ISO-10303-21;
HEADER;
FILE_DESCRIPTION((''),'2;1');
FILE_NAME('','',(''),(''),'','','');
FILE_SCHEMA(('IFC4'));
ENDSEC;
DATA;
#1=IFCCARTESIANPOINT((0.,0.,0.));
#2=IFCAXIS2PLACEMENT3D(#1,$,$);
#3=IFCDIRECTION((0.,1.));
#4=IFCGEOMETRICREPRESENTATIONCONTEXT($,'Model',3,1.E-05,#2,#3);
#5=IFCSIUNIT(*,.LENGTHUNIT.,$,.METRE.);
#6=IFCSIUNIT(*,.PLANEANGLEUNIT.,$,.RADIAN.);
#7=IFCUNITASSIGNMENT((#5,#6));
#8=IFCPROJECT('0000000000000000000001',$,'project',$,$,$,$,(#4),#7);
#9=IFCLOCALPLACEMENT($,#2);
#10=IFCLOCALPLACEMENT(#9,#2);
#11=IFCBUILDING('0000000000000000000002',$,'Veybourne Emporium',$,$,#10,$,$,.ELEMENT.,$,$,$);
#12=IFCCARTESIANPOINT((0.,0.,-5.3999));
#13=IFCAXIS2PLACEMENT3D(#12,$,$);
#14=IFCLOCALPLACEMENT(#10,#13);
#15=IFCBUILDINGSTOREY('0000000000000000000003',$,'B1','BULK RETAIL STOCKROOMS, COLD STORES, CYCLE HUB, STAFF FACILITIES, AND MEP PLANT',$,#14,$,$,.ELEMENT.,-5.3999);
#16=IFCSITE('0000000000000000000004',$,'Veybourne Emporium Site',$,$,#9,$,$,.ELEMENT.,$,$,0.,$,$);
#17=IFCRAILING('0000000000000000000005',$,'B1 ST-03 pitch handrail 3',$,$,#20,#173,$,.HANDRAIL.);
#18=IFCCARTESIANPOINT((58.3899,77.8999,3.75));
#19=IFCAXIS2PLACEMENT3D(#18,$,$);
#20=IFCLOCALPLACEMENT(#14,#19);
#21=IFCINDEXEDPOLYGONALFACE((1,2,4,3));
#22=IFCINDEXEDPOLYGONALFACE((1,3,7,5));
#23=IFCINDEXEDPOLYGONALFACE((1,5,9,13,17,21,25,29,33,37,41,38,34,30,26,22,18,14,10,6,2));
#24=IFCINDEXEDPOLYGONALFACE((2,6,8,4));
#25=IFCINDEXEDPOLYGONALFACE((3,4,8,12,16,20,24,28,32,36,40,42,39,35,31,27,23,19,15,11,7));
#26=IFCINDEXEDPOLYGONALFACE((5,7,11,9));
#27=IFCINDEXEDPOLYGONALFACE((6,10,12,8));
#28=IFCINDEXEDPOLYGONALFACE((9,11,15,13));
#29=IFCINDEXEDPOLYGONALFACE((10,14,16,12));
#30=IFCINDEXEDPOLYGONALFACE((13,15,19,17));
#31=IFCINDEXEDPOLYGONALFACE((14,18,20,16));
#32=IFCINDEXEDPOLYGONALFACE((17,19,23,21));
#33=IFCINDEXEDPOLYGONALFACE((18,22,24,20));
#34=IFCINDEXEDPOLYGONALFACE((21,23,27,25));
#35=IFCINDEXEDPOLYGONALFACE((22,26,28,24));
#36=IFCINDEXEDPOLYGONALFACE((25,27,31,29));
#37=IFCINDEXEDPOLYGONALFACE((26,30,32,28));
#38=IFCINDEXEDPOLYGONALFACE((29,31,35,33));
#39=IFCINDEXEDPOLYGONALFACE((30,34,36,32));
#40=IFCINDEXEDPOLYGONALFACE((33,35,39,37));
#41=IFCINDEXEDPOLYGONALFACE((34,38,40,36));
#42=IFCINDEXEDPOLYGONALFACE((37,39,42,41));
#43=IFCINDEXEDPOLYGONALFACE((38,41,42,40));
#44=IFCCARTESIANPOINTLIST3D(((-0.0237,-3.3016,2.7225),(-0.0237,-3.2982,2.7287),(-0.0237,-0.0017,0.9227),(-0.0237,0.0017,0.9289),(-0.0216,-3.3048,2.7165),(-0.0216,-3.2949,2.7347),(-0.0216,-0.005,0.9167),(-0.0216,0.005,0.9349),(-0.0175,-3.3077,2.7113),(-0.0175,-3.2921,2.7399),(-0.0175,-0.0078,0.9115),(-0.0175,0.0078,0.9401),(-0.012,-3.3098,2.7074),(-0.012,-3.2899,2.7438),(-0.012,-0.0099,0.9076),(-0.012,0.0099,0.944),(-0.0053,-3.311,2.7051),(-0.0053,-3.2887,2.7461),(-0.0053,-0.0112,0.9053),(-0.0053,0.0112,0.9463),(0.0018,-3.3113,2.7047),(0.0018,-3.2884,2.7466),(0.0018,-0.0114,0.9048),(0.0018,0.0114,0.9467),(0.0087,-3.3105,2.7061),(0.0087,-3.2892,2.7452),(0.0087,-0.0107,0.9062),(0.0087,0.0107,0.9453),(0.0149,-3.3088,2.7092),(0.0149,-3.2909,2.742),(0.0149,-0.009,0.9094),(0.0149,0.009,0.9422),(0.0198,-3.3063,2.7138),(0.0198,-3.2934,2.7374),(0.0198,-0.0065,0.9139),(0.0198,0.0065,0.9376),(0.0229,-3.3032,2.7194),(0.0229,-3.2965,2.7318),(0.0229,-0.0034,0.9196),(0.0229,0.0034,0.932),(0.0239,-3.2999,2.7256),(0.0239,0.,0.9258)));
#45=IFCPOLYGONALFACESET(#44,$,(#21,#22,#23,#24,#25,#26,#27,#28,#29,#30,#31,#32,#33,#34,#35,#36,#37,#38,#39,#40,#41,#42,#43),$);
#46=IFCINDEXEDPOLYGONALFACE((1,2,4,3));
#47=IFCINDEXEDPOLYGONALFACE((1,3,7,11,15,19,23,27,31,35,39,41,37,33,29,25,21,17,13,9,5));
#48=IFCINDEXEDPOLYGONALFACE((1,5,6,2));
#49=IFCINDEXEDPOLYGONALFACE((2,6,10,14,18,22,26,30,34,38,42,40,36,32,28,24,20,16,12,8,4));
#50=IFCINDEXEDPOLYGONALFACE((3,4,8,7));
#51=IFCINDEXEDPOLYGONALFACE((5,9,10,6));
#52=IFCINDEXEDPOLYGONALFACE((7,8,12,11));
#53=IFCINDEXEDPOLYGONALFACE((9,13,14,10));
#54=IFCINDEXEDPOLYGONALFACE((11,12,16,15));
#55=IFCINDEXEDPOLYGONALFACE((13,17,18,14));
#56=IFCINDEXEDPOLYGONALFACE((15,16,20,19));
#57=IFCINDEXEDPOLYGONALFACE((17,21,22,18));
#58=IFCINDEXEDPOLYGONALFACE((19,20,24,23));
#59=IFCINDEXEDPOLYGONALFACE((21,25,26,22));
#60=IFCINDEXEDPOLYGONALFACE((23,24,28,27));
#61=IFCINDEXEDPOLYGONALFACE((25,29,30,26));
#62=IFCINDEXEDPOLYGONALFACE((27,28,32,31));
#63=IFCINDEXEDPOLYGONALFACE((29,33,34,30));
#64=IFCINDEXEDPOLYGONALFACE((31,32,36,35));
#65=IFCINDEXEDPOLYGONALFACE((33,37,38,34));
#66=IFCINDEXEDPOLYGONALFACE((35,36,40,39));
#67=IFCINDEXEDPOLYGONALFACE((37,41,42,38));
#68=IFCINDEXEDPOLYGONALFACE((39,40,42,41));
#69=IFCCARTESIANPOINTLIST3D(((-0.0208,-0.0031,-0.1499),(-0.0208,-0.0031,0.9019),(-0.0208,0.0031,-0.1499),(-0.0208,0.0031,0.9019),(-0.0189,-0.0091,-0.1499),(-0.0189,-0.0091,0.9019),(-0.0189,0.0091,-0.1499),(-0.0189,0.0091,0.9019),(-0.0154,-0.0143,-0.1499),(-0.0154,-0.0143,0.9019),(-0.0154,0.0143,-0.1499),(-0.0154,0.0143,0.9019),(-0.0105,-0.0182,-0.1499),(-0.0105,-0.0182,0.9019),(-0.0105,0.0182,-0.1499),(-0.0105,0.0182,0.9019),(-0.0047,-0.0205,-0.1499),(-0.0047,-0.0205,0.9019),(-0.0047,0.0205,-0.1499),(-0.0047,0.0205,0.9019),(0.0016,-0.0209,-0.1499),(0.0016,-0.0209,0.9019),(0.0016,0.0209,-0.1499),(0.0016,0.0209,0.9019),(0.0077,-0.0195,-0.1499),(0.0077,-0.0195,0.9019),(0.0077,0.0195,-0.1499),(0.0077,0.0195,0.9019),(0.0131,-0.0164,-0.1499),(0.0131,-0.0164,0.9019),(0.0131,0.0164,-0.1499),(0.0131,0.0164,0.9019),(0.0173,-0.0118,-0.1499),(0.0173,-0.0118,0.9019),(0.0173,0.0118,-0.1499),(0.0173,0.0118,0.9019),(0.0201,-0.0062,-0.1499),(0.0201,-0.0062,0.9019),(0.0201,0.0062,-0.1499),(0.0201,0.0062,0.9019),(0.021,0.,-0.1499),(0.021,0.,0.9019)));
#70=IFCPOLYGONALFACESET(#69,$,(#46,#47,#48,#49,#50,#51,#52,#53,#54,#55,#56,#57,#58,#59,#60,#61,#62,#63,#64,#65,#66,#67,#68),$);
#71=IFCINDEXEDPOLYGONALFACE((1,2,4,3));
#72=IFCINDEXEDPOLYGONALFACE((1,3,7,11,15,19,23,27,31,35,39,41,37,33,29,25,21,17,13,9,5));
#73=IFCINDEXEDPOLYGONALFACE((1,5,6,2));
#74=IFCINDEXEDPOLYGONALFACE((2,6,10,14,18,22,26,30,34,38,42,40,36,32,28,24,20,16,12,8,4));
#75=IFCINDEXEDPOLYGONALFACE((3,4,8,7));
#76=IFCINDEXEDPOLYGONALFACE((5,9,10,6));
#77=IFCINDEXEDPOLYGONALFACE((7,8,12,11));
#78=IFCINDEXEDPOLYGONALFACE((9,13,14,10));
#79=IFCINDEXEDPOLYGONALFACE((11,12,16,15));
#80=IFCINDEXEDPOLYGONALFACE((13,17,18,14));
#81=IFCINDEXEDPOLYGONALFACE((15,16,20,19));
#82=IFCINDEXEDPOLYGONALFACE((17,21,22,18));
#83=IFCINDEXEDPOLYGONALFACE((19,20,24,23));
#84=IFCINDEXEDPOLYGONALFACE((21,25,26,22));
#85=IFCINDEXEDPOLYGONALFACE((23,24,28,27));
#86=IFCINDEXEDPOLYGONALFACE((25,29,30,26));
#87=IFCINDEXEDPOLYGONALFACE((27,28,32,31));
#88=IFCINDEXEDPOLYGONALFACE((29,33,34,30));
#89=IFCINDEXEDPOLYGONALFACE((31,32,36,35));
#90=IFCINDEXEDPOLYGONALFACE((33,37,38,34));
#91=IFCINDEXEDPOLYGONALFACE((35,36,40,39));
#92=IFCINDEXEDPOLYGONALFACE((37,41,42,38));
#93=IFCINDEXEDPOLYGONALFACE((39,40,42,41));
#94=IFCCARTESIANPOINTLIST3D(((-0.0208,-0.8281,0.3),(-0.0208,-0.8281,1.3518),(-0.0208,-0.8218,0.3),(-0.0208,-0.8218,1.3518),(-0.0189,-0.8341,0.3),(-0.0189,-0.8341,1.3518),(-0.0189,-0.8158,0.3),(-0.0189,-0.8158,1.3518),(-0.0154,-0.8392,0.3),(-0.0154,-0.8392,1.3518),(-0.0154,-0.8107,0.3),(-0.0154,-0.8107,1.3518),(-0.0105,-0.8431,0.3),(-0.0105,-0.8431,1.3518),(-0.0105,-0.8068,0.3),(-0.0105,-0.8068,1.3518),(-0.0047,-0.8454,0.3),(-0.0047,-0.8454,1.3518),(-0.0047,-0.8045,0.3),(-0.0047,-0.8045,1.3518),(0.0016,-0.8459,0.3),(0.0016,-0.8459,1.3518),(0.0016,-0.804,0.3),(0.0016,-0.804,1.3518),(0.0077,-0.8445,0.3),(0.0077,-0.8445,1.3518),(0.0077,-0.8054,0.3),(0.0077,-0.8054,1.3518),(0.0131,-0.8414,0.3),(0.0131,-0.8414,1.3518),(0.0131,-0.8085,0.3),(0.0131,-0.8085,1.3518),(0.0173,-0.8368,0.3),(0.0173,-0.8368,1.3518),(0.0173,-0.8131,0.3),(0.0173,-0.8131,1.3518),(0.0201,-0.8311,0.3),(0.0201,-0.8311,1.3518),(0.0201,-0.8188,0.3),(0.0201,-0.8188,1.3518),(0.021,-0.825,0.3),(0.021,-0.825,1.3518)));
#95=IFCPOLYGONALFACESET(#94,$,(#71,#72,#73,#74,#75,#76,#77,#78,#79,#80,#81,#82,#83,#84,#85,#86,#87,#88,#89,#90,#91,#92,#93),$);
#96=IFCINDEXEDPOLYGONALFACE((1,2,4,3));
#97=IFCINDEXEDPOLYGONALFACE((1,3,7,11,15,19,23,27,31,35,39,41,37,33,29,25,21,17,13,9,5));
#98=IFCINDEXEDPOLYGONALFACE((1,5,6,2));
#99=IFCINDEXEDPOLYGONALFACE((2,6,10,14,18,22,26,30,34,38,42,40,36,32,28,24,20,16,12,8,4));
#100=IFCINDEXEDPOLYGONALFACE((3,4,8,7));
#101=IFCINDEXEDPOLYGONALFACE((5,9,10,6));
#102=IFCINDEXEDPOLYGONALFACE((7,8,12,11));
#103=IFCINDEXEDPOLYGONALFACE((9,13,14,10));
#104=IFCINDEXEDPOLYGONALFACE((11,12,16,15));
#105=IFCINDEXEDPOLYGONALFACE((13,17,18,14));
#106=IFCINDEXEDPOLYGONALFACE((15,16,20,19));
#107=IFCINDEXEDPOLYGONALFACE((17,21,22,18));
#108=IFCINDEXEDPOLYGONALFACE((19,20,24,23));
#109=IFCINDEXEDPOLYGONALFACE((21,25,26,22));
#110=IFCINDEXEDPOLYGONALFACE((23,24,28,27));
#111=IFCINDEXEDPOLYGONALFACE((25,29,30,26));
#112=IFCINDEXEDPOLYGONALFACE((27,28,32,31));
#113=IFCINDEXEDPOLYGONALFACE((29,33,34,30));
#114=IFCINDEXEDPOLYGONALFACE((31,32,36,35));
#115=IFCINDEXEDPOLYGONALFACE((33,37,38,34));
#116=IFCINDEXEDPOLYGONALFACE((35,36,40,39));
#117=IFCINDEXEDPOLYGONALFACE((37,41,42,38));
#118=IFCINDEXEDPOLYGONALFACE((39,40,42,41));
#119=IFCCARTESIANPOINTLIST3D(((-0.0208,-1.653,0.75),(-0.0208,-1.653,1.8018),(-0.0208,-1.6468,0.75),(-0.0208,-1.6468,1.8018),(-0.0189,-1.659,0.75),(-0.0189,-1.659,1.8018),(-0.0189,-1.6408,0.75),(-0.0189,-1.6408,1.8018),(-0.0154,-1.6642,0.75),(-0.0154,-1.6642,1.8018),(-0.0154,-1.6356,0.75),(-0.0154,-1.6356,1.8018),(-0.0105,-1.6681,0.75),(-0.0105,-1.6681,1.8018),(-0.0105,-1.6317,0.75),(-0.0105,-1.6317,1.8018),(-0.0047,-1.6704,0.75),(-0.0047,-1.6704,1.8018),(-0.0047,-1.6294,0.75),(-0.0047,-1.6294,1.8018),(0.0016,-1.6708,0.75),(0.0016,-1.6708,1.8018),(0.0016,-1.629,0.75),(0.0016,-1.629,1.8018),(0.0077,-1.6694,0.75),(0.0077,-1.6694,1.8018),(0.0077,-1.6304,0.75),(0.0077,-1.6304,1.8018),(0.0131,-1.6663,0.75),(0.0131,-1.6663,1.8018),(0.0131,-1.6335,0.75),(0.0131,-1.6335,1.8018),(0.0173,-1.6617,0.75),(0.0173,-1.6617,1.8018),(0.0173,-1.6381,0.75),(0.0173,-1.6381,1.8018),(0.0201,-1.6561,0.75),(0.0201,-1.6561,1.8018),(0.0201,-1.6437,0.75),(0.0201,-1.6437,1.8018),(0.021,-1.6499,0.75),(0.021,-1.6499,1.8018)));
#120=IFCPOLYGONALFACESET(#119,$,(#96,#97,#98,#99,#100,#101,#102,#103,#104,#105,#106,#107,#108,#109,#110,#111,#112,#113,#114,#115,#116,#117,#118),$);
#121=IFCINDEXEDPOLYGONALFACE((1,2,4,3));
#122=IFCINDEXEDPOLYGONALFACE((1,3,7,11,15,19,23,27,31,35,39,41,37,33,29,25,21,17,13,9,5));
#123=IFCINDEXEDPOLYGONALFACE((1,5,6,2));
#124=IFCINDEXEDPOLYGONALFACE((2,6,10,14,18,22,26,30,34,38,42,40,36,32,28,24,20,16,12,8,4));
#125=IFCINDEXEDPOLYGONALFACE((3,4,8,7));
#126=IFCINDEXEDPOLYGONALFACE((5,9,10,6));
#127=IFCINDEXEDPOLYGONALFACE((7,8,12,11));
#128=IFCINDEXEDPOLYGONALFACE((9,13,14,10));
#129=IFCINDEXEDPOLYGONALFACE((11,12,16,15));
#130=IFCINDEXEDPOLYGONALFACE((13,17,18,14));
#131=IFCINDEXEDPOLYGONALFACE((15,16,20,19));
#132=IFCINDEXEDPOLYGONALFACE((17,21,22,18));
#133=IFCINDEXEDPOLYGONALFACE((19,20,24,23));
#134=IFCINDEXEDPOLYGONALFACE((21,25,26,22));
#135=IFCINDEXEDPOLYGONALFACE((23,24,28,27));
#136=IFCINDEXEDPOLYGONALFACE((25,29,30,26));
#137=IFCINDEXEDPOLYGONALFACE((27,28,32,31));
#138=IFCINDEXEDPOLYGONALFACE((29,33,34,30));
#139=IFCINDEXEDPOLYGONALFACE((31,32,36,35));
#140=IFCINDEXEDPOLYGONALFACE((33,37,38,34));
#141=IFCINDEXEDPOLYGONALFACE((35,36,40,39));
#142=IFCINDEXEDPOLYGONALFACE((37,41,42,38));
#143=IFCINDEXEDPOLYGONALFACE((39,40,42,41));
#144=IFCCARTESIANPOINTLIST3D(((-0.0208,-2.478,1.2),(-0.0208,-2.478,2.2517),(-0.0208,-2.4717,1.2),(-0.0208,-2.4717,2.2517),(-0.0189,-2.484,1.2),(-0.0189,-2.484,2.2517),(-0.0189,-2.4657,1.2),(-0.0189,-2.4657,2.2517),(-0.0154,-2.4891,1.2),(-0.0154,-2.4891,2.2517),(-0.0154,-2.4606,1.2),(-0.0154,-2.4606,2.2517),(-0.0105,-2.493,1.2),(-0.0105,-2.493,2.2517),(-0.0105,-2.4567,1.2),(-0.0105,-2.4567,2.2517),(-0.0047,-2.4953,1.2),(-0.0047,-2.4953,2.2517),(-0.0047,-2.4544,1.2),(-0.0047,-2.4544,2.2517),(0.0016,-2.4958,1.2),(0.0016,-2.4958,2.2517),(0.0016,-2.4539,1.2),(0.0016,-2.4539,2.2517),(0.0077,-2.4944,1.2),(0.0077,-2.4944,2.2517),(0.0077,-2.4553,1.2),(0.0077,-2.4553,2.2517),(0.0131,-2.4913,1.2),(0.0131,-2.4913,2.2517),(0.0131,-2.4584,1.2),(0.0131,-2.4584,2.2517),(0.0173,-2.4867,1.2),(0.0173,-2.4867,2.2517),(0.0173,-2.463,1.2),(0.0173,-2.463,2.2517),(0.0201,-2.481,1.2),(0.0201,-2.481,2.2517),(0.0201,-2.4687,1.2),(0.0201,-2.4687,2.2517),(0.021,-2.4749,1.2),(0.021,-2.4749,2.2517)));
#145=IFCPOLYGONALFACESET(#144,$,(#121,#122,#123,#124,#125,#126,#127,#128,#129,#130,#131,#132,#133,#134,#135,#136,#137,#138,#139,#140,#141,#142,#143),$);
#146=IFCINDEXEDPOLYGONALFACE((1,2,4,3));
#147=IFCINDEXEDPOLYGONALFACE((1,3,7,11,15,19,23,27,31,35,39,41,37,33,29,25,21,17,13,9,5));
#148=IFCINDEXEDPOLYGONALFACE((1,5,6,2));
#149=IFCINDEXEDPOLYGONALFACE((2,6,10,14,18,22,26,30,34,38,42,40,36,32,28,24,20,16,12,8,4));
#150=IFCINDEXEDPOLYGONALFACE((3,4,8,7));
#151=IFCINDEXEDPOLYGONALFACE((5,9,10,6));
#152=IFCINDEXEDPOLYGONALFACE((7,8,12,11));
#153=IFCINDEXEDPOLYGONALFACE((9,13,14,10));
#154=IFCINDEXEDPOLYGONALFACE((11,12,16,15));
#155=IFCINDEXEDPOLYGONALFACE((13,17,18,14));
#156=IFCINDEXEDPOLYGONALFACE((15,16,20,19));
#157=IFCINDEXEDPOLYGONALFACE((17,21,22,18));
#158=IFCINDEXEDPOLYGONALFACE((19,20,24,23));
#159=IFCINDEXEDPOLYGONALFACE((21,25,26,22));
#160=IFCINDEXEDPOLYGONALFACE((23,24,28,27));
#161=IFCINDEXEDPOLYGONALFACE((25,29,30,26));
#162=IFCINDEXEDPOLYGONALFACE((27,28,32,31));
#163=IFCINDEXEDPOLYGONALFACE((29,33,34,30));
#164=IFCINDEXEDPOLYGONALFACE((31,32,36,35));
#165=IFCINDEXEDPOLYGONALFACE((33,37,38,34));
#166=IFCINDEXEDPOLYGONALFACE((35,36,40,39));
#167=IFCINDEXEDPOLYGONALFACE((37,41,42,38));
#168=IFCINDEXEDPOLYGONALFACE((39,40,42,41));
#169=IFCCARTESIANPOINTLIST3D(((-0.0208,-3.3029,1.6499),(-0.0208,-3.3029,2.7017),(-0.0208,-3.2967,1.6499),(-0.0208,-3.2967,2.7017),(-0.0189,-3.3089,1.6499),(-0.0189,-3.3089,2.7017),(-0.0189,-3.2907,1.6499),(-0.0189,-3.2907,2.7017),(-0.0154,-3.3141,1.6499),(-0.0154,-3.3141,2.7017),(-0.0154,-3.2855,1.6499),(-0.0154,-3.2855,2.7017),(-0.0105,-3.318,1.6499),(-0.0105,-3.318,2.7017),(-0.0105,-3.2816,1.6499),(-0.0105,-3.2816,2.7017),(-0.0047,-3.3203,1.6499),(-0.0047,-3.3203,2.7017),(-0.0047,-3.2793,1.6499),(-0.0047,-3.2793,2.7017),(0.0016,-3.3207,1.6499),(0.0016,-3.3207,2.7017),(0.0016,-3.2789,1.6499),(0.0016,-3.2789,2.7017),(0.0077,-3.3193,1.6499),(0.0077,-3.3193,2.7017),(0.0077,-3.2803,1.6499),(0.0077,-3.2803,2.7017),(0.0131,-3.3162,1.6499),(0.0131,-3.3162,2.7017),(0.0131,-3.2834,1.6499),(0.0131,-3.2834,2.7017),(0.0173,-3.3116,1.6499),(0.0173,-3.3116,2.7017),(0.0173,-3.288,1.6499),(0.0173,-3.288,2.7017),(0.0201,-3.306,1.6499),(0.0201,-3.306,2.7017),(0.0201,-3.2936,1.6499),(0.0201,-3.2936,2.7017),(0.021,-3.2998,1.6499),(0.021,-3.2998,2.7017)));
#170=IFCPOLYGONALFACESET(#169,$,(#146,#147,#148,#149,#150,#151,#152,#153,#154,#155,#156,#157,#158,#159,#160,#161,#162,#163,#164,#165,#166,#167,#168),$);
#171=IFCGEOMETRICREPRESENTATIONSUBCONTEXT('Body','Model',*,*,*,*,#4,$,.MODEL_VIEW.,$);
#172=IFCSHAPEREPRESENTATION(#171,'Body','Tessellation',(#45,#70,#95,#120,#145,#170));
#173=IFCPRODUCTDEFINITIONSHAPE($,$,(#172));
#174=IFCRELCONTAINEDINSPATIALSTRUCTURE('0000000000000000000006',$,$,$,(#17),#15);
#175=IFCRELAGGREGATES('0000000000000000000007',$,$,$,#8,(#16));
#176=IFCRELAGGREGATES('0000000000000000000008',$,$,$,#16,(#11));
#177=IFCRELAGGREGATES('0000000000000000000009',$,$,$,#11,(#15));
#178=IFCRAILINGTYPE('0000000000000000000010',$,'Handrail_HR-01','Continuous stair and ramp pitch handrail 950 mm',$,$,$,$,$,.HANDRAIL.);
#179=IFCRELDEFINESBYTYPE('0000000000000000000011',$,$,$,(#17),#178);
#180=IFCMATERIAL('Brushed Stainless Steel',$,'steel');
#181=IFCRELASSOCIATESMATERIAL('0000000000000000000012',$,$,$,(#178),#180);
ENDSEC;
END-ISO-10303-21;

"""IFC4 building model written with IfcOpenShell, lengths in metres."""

from ifc_helpers import new_model, si_unit, direction, frame, origin, origin_2d, place, context, subcontext, project, spatial, circle, extrude, material, type_object, element, save


model = new_model("IFC4")

# Units and contexts
model_context = context("Model", 3, precision=1e-05, world=origin(), true_north=direction((0.0, 1.0)))
body_context = subcontext(model_context, "Body", "Model", "MODEL_VIEW")
ifc_project = project(units=[si_unit("LENGTHUNIT", "METRE"), si_unit("PLANEANGLEUNIT", "RADIAN")], contexts=[model_context])

# Site, building, storey
site_placement = place(None, origin())
site = spatial("IfcSite", under=ifc_project, at=site_placement, Name="Veybourne Emporium Site", CompositionType="ELEMENT", RefElevation=0.0)
building_placement = place(site_placement, origin())
building = spatial("IfcBuilding", under=site, at=building_placement, Name="Veybourne Emporium", CompositionType="ELEMENT")
storey_placement = place(building_placement, frame((0.0, 0.0, -5.3999)))
storey = spatial("IfcBuildingStorey", under=building, at=storey_placement, Name="B1", Description="BULK RETAIL STOCKROOMS, COLD STORES, CYCLE HUB, STAFF FACILITIES, AND MEP PLANT", CompositionType="ELEMENT", Elevation=-5.3999)

# Railing
ifc_material_1 = material(Name="Brushed Stainless Steel", Category="steel")
railing_type_1 = type_object("IfcRailingType", Name="Handrail_HR-01", Description="Continuous stair and ramp pitch handrail 950 mm", PredefinedType="HANDRAIL", material=ifc_material_1)
railing_1_placement = place(storey_placement, frame((58.3899, 77.8999, 3.75)))
element("IfcRailing", 1, at=railing_1_placement, inside=storey, type_object=railing_type_1, Name="B1 ST-03 pitch handrail 3", PredefinedType="HANDRAIL", context=body_context, shape_type="SweptSolid", body=[
    extrude(circle(Radius=0.0239, at=origin_2d()), frame((0.0, 0.0, 0.9258), z_axis=(0.0, -0.877906, 0.478834), x_axis=(1.0, 0.0, 0.0)), (0.0, 0.0, 1.0), 3.7588),
    extrude(circle(Radius=0.021, at=origin_2d()), frame((0.0, 0.0, -0.1499)), (0.0, 0.0, 1.0), 1.0518),
    extrude(circle(Radius=0.021, at=origin_2d()), frame((0.0, -0.825, 0.3)), (0.0, 0.0, 1.0), 1.0518),
    extrude(circle(Radius=0.021, at=origin_2d()), frame((0.0, -1.6499, 0.75)), (0.0, 0.0, 1.0), 1.0518),
    extrude(circle(Radius=0.021, at=origin_2d()), frame((0.0, -2.4749, 1.2)), (0.0, 0.0, 1.0), 1.0518),
    extrude(circle(Radius=0.021, at=origin_2d()), frame((0.0, -3.2998, 1.6499)), (0.0, 0.0, 1.0), 1.0518),
])

save(model, "model.ifc")
